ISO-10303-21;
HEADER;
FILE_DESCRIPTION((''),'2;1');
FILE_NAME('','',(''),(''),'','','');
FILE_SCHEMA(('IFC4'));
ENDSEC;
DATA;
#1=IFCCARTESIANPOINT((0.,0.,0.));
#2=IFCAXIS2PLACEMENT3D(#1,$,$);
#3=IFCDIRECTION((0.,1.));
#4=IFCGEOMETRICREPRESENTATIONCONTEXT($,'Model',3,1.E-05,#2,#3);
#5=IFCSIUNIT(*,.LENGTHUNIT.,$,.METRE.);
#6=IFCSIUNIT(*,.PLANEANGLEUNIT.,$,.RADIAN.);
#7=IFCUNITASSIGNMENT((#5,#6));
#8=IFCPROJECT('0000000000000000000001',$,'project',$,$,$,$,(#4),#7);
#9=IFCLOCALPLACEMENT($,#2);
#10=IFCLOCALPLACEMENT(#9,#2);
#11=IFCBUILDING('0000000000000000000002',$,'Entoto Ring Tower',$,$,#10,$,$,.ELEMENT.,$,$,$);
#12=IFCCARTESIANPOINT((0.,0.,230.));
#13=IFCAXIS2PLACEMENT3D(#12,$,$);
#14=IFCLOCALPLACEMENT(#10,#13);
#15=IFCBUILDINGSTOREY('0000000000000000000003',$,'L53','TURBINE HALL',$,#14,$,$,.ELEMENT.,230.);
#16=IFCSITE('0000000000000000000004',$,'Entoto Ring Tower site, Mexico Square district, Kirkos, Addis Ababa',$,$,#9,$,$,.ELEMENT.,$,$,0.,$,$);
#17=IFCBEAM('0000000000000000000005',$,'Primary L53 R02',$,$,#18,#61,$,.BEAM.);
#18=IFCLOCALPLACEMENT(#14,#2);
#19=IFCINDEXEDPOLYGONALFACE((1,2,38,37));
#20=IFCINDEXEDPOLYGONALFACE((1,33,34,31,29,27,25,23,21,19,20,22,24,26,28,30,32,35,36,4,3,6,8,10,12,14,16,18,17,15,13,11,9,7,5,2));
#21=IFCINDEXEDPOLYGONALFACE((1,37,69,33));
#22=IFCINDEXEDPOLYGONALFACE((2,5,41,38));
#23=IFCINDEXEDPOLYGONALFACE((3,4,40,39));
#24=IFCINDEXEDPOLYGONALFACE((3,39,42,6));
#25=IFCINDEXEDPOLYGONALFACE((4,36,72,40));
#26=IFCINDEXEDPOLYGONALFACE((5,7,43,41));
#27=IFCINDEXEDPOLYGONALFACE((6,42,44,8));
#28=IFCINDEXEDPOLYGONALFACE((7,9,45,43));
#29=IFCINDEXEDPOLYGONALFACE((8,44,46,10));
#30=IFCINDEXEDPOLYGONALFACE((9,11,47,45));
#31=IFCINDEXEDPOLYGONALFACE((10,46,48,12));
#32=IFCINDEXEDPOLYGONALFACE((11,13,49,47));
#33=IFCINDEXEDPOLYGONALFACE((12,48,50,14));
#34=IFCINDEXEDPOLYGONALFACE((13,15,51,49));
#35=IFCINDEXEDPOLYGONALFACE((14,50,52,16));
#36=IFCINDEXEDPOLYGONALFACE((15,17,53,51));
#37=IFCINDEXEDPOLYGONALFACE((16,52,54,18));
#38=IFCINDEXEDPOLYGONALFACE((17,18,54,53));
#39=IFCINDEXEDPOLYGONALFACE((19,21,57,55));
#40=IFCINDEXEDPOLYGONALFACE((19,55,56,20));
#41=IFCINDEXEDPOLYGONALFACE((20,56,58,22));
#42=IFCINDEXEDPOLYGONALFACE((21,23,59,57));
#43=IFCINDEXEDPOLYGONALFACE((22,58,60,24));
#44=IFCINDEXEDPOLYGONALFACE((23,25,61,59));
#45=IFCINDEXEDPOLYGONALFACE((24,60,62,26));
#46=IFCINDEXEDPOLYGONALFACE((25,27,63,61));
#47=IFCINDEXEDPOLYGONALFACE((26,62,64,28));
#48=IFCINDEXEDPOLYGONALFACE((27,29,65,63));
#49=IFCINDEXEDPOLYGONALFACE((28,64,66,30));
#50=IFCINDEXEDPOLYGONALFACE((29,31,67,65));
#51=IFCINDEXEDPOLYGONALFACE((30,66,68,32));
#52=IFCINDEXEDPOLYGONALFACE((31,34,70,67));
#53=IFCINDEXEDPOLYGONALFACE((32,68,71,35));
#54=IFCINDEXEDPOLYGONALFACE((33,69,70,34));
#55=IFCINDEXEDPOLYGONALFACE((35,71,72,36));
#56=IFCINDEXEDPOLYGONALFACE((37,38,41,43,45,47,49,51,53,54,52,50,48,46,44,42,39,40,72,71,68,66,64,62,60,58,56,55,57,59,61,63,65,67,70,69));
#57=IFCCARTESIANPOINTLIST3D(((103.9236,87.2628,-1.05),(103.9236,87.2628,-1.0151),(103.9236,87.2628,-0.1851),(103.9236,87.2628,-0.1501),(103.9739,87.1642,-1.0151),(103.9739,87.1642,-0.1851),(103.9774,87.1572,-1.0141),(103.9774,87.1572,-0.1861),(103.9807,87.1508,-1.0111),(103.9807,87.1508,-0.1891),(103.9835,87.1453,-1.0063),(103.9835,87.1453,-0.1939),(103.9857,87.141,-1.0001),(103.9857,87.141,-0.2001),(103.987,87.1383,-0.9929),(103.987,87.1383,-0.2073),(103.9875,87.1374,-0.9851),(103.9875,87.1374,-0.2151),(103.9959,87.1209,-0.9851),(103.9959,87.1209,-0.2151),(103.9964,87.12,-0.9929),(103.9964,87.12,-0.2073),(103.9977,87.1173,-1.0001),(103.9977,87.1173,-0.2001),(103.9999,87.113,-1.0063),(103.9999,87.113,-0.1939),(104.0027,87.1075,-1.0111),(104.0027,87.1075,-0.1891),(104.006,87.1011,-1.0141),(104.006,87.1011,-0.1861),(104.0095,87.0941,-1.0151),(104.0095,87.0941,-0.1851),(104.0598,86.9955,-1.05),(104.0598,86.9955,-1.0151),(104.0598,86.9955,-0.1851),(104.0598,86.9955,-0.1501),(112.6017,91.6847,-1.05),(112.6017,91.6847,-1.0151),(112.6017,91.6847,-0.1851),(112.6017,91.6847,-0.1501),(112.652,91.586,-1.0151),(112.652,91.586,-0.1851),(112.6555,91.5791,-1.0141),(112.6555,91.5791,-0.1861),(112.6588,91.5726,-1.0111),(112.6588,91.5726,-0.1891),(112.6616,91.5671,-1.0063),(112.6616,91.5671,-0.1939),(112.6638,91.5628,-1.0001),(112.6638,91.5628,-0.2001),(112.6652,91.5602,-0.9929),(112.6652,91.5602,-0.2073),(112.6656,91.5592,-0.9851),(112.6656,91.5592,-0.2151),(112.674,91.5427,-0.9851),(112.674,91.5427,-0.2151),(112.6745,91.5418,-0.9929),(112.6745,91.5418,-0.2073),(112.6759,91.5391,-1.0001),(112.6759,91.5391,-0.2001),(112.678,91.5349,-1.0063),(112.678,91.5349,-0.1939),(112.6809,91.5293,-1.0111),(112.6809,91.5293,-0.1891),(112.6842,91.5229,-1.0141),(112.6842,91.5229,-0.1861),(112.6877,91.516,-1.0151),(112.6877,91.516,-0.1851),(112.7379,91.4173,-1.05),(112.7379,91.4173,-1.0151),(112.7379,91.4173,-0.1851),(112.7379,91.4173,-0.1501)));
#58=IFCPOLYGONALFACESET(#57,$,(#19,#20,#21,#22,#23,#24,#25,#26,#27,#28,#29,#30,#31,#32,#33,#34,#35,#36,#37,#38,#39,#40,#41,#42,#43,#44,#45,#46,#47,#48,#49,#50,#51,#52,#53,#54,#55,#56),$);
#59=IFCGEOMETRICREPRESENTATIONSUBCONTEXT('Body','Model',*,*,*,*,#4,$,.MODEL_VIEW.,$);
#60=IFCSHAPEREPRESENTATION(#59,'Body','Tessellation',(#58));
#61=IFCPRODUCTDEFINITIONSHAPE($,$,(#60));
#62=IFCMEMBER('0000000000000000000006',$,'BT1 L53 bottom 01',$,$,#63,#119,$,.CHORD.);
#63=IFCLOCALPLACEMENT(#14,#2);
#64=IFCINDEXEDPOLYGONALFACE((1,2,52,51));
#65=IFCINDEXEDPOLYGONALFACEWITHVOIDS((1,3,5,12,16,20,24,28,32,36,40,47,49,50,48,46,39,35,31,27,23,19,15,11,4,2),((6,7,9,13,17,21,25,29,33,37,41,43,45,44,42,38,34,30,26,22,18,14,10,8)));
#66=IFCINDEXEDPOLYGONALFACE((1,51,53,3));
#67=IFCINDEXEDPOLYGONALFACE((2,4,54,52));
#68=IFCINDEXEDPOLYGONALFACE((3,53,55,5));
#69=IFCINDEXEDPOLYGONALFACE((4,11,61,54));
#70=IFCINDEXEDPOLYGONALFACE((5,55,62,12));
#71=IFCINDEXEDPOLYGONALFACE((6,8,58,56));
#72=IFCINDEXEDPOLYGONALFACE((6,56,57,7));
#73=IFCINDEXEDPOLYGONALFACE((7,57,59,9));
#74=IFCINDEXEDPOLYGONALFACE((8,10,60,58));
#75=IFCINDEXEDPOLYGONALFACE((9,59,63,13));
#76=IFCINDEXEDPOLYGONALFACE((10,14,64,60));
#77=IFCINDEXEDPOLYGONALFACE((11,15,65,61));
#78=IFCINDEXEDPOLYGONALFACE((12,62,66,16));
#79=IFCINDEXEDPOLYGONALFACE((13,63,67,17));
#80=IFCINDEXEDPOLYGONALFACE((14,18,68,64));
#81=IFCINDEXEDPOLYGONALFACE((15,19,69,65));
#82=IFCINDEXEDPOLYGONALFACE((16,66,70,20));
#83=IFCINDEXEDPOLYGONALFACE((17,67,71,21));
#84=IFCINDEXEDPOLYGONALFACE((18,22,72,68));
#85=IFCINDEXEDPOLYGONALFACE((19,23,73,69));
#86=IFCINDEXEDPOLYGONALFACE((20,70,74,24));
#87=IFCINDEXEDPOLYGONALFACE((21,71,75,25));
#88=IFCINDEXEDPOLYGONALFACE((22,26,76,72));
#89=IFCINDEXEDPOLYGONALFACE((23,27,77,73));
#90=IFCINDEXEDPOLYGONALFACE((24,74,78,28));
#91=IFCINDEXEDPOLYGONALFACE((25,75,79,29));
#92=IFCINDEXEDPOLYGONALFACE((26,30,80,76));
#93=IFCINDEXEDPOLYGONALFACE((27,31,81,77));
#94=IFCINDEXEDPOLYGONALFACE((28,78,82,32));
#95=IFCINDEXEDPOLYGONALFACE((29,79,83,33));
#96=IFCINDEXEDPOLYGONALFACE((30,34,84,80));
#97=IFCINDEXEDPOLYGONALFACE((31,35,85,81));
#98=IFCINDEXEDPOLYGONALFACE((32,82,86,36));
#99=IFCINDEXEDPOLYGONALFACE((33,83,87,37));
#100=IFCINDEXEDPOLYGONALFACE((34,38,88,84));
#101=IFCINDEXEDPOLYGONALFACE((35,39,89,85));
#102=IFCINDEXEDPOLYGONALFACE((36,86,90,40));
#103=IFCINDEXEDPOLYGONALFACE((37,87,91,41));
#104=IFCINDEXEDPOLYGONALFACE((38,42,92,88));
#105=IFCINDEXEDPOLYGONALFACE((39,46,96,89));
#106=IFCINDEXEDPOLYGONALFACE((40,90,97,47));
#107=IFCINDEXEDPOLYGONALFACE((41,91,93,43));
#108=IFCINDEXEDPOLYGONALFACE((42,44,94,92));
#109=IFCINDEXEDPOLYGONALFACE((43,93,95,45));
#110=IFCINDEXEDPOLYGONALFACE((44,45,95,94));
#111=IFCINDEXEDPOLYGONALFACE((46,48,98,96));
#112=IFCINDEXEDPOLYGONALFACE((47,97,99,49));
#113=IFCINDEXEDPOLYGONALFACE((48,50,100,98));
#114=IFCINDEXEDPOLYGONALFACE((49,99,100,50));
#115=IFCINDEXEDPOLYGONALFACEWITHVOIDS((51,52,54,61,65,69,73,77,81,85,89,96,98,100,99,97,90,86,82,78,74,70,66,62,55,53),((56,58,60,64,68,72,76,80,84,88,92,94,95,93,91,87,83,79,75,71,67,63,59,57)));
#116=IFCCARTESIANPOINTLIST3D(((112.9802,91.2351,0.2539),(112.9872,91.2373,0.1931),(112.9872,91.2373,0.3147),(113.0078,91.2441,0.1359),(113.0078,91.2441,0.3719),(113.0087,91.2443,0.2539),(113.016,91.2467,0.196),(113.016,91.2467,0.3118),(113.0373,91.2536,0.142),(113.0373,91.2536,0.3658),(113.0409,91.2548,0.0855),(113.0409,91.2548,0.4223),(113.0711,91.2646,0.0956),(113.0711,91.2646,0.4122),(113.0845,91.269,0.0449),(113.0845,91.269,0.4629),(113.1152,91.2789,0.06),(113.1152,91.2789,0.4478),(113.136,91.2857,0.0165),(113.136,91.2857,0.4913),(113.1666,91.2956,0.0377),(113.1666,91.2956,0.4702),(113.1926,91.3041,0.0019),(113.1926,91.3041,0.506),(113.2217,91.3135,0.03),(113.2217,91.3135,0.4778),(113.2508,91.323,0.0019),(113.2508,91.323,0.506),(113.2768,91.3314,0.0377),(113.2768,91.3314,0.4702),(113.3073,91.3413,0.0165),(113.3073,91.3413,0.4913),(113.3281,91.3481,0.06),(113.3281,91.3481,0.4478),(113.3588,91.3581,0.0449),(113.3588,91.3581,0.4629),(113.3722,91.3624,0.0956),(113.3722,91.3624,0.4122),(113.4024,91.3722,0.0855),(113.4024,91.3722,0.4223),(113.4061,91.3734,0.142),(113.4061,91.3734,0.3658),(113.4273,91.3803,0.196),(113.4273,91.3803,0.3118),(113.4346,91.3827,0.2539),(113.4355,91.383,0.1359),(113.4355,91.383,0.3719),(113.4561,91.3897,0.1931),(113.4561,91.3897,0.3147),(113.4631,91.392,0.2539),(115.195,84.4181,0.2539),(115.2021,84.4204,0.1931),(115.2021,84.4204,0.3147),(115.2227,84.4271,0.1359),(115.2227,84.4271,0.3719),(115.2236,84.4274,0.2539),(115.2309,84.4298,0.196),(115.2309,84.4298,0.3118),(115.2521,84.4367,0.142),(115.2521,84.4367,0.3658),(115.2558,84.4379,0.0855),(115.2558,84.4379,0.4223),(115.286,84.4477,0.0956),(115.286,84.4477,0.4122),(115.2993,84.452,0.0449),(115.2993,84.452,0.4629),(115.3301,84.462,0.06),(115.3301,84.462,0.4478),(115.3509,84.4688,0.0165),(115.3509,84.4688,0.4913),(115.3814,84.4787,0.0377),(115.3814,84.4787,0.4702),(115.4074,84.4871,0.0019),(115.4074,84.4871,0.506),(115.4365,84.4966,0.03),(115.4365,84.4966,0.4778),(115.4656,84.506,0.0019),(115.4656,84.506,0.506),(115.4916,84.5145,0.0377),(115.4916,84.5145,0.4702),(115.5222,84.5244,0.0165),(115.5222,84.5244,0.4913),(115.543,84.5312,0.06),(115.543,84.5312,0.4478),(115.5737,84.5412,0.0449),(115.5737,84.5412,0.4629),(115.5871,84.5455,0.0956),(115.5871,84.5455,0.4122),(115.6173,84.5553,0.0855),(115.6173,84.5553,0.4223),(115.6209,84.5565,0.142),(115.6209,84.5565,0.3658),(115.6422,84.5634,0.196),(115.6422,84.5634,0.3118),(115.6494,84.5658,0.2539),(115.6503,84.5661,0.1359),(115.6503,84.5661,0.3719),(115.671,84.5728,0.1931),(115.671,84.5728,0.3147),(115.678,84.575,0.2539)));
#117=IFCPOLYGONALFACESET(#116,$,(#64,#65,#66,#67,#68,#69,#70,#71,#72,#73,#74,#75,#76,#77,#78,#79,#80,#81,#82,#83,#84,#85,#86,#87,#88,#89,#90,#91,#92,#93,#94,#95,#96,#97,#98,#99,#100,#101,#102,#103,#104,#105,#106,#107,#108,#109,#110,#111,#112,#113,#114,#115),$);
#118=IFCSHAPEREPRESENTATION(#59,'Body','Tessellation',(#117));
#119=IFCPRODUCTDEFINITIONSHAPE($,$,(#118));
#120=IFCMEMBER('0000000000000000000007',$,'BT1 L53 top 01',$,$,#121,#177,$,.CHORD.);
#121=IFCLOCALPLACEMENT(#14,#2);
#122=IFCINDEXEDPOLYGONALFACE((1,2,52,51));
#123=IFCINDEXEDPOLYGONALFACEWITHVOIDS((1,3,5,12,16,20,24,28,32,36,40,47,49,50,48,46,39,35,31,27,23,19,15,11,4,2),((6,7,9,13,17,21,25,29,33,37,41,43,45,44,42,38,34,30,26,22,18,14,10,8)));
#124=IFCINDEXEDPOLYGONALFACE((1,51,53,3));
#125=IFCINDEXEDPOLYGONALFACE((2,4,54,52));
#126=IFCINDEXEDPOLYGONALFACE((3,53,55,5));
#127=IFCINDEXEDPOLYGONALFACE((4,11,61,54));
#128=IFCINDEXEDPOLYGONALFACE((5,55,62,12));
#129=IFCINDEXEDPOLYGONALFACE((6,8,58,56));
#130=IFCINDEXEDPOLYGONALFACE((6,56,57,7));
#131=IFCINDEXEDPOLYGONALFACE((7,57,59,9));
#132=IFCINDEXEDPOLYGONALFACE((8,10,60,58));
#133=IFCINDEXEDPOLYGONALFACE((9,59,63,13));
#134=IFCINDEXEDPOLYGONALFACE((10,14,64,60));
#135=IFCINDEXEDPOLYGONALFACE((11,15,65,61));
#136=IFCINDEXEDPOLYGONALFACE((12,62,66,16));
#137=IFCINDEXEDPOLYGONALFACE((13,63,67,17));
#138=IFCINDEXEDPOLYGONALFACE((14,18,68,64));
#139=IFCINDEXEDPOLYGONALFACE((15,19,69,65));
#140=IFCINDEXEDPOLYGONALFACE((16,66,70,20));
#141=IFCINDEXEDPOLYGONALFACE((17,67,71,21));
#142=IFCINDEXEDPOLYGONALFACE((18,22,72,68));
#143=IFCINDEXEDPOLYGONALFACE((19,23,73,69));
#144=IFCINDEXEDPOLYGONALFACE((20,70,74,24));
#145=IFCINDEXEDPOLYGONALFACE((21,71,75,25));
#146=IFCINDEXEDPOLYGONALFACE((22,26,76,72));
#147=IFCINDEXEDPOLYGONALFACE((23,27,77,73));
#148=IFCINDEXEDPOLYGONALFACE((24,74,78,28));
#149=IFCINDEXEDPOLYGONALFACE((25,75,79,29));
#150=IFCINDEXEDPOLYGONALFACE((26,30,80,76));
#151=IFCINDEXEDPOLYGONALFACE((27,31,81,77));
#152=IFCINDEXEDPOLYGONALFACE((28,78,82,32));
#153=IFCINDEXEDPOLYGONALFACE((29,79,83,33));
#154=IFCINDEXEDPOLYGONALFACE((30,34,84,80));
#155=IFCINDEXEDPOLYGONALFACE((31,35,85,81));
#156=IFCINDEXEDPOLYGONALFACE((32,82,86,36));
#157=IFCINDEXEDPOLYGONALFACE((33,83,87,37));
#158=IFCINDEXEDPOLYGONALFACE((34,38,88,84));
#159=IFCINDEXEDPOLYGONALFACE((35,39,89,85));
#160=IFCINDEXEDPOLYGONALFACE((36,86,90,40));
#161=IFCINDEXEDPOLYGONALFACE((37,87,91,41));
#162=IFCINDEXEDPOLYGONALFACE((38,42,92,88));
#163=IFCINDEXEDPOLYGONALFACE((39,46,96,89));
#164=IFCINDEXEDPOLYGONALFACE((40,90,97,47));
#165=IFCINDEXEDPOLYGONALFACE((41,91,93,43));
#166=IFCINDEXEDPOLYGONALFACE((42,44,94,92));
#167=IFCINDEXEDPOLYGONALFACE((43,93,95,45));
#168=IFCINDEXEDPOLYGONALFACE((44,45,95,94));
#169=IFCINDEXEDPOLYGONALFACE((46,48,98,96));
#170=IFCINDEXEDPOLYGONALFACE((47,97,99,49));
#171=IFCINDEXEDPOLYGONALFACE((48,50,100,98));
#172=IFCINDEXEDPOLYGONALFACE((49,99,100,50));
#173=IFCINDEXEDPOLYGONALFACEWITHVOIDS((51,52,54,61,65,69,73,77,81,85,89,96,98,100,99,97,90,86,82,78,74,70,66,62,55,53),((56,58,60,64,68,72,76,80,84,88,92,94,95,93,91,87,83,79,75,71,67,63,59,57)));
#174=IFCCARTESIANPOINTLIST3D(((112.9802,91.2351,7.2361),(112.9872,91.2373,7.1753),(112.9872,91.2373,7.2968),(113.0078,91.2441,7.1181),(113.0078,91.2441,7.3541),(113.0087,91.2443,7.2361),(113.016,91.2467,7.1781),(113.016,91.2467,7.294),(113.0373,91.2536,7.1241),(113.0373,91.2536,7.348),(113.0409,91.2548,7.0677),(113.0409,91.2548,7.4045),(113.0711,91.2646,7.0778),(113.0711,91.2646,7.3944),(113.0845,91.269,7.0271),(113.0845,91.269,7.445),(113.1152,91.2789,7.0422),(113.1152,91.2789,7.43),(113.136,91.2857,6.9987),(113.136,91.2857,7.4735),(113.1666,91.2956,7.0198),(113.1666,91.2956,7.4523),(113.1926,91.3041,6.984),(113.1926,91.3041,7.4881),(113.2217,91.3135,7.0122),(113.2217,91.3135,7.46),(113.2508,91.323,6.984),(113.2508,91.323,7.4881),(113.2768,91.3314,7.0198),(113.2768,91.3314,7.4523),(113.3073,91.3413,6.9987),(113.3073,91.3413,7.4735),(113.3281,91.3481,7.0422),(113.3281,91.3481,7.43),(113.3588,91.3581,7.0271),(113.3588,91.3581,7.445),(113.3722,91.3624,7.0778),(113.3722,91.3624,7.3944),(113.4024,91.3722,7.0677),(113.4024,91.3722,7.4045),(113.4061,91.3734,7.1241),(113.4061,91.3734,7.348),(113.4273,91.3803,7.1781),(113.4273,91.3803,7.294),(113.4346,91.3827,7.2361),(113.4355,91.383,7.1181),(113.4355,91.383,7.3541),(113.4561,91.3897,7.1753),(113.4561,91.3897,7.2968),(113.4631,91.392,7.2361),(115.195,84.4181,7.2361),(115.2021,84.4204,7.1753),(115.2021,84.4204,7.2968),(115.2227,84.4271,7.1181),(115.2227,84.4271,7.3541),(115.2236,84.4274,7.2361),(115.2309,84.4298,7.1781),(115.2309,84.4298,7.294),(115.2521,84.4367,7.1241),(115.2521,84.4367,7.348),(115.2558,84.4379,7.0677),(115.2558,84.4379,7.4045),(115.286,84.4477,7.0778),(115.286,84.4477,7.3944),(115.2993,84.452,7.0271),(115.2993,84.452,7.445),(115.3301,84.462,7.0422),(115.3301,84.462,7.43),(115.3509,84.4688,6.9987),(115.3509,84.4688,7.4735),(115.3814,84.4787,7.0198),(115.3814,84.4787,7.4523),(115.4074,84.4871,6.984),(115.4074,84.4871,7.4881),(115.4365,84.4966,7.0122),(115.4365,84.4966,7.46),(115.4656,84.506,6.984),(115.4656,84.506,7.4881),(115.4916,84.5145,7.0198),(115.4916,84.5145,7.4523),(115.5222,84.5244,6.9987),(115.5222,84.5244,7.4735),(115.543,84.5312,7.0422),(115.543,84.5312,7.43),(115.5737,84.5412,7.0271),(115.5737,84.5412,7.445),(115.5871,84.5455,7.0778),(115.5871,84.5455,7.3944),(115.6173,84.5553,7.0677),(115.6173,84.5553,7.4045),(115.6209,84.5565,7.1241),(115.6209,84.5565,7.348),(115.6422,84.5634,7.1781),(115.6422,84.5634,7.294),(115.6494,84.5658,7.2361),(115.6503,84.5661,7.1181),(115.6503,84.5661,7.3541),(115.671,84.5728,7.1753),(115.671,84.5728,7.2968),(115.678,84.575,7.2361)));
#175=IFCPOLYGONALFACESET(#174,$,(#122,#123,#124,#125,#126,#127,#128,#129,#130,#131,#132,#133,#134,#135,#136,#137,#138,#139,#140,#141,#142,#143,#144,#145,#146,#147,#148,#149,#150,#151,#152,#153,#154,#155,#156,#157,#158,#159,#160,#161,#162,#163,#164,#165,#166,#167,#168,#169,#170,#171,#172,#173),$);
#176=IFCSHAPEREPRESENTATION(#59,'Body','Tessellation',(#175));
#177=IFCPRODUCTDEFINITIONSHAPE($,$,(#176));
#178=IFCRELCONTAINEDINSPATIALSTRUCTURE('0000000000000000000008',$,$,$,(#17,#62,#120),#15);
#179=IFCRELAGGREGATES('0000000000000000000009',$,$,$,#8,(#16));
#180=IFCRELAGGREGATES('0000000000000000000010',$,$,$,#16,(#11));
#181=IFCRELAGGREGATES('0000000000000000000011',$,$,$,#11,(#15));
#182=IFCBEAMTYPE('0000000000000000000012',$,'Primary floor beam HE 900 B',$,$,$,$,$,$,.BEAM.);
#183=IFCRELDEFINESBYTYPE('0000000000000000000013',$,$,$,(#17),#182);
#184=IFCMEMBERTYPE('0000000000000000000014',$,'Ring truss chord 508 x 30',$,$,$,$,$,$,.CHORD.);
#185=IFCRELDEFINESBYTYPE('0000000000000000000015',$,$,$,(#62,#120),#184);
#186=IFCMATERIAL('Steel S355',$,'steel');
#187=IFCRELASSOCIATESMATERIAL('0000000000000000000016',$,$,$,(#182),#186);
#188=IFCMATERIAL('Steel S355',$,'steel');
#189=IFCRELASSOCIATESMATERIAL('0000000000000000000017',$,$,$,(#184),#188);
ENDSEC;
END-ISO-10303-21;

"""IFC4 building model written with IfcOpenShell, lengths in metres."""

from ifc_helpers import new_model, si_unit, direction, frame, origin, origin_2d, place, context, subcontext, project, spatial, circle, hollow_circle, i_section, extrude, material, material_profile, profile_set, type_object, element, save


model = new_model("IFC4")

# Units and contexts
model_context = context("Model", 3, precision=1e-05, world=origin(), true_north=direction((0.0, 1.0)))
body_context = subcontext(model_context, "Body", "Model", "MODEL_VIEW")
ifc_project = project(units=[si_unit("LENGTHUNIT", "METRE"), si_unit("PLANEANGLEUNIT", "RADIAN")], contexts=[model_context])

# Site, building, storey
site_placement = place(None, origin())
site = spatial("IfcSite", under=ifc_project, at=site_placement, Name="Entoto Ring Tower site, Mexico Square district, Kirkos, Addis Ababa", CompositionType="ELEMENT", RefElevation=0.0)
building_placement = place(site_placement, origin())
building = spatial("IfcBuilding", under=site, at=building_placement, Name="Entoto Ring Tower", CompositionType="ELEMENT")
storey_placement = place(building_placement, frame((0.0, 0.0, 230.0)))
storey = spatial("IfcBuildingStorey", under=building, at=storey_placement, Name="L53", Description="TURBINE HALL", CompositionType="ELEMENT", Elevation=230.0)

# Beam
ifc_material_1 = material(Name="Steel S355", Category="steel")
ifc_material_profile_1 = material_profile(ifc_material_1, i_section(OverallWidth=0.3, OverallDepth=0.8999, WebThickness=0.0186, FlangeThickness=0.0349, FilletRadius=0.03, at=origin_2d()), Name="HE 900 B")
ifc_profile_set_1 = profile_set([ifc_material_profile_1], Name="Steel S355")
beam_type_1 = type_object("IfcBeamType", Name="Primary floor beam HE 900 B", PredefinedType="BEAM", material=ifc_profile_set_1)
beam_1_placement = place(storey_placement, frame((103.9917, 87.1292, -0.6001), z_axis=(0.891002, 0.453999, 0.0), x_axis=(-0.453999, 0.891002, 0.0)))
element("IfcBeam", 1, at=beam_1_placement, inside=storey, type_object=beam_type_1, Name="Primary L53 R02", PredefinedType="BEAM", context=body_context, shape_type="SweptSolid", body=[
    extrude(i_section(OverallWidth=0.3, OverallDepth=0.8999, WebThickness=0.0186, FlangeThickness=0.0349, FilletRadius=0.03, at=origin_2d()), origin(), (0.0, 0.0, 1.0), 9.7397),
])

# Members
ifc_material_2 = material(Name="Steel S355", Category="steel")
ifc_material_profile_2 = material_profile(ifc_material_2, hollow_circle(Radius=0.2539, WallThickness=0.03, at=origin_2d()), Name="CHS 508 x 30")
ifc_material_3 = material(Name="Concrete C60/75", Category="concrete")
ifc_material_profile_3 = material_profile(ifc_material_3, circle(Radius=0.2241, at=origin_2d()), Name="Concrete C60/75 infill")
ifc_profile_set_2 = profile_set([ifc_material_profile_2, ifc_material_profile_3], Name="Steel S355")
member_type_1 = type_object("IfcMemberType", Name="Ring truss chord 508 x 30", PredefinedType="CHORD", material=ifc_profile_set_2)
for number, where, z_axis, x_axis, name in (
    (2, (115.4365, 84.4966, 0.2539), (-0.309004, 0.951061, 0.0), (-0.951061, -0.309004, 0.0), "BT1 L53 bottom 01"),
    (3, (115.4365, 84.4966, 7.2361), (-0.309004, 0.951061, 0.0), (-0.951061, -0.309004, 0.0), "BT1 L53 top 01"),
):
    element("IfcMember", number, at=place(storey_placement, frame(where, z_axis=z_axis, x_axis=x_axis)), inside=storey, type_object=member_type_1, Name=name, PredefinedType="CHORD", context=body_context, shape_type="SweptSolid", body=[
        extrude(hollow_circle(Radius=0.2539, WallThickness=0.03, at=origin_2d()), origin(), (0.0, 0.0, 1.0), 7.1677),
    ])

save(model, "model.ifc")
